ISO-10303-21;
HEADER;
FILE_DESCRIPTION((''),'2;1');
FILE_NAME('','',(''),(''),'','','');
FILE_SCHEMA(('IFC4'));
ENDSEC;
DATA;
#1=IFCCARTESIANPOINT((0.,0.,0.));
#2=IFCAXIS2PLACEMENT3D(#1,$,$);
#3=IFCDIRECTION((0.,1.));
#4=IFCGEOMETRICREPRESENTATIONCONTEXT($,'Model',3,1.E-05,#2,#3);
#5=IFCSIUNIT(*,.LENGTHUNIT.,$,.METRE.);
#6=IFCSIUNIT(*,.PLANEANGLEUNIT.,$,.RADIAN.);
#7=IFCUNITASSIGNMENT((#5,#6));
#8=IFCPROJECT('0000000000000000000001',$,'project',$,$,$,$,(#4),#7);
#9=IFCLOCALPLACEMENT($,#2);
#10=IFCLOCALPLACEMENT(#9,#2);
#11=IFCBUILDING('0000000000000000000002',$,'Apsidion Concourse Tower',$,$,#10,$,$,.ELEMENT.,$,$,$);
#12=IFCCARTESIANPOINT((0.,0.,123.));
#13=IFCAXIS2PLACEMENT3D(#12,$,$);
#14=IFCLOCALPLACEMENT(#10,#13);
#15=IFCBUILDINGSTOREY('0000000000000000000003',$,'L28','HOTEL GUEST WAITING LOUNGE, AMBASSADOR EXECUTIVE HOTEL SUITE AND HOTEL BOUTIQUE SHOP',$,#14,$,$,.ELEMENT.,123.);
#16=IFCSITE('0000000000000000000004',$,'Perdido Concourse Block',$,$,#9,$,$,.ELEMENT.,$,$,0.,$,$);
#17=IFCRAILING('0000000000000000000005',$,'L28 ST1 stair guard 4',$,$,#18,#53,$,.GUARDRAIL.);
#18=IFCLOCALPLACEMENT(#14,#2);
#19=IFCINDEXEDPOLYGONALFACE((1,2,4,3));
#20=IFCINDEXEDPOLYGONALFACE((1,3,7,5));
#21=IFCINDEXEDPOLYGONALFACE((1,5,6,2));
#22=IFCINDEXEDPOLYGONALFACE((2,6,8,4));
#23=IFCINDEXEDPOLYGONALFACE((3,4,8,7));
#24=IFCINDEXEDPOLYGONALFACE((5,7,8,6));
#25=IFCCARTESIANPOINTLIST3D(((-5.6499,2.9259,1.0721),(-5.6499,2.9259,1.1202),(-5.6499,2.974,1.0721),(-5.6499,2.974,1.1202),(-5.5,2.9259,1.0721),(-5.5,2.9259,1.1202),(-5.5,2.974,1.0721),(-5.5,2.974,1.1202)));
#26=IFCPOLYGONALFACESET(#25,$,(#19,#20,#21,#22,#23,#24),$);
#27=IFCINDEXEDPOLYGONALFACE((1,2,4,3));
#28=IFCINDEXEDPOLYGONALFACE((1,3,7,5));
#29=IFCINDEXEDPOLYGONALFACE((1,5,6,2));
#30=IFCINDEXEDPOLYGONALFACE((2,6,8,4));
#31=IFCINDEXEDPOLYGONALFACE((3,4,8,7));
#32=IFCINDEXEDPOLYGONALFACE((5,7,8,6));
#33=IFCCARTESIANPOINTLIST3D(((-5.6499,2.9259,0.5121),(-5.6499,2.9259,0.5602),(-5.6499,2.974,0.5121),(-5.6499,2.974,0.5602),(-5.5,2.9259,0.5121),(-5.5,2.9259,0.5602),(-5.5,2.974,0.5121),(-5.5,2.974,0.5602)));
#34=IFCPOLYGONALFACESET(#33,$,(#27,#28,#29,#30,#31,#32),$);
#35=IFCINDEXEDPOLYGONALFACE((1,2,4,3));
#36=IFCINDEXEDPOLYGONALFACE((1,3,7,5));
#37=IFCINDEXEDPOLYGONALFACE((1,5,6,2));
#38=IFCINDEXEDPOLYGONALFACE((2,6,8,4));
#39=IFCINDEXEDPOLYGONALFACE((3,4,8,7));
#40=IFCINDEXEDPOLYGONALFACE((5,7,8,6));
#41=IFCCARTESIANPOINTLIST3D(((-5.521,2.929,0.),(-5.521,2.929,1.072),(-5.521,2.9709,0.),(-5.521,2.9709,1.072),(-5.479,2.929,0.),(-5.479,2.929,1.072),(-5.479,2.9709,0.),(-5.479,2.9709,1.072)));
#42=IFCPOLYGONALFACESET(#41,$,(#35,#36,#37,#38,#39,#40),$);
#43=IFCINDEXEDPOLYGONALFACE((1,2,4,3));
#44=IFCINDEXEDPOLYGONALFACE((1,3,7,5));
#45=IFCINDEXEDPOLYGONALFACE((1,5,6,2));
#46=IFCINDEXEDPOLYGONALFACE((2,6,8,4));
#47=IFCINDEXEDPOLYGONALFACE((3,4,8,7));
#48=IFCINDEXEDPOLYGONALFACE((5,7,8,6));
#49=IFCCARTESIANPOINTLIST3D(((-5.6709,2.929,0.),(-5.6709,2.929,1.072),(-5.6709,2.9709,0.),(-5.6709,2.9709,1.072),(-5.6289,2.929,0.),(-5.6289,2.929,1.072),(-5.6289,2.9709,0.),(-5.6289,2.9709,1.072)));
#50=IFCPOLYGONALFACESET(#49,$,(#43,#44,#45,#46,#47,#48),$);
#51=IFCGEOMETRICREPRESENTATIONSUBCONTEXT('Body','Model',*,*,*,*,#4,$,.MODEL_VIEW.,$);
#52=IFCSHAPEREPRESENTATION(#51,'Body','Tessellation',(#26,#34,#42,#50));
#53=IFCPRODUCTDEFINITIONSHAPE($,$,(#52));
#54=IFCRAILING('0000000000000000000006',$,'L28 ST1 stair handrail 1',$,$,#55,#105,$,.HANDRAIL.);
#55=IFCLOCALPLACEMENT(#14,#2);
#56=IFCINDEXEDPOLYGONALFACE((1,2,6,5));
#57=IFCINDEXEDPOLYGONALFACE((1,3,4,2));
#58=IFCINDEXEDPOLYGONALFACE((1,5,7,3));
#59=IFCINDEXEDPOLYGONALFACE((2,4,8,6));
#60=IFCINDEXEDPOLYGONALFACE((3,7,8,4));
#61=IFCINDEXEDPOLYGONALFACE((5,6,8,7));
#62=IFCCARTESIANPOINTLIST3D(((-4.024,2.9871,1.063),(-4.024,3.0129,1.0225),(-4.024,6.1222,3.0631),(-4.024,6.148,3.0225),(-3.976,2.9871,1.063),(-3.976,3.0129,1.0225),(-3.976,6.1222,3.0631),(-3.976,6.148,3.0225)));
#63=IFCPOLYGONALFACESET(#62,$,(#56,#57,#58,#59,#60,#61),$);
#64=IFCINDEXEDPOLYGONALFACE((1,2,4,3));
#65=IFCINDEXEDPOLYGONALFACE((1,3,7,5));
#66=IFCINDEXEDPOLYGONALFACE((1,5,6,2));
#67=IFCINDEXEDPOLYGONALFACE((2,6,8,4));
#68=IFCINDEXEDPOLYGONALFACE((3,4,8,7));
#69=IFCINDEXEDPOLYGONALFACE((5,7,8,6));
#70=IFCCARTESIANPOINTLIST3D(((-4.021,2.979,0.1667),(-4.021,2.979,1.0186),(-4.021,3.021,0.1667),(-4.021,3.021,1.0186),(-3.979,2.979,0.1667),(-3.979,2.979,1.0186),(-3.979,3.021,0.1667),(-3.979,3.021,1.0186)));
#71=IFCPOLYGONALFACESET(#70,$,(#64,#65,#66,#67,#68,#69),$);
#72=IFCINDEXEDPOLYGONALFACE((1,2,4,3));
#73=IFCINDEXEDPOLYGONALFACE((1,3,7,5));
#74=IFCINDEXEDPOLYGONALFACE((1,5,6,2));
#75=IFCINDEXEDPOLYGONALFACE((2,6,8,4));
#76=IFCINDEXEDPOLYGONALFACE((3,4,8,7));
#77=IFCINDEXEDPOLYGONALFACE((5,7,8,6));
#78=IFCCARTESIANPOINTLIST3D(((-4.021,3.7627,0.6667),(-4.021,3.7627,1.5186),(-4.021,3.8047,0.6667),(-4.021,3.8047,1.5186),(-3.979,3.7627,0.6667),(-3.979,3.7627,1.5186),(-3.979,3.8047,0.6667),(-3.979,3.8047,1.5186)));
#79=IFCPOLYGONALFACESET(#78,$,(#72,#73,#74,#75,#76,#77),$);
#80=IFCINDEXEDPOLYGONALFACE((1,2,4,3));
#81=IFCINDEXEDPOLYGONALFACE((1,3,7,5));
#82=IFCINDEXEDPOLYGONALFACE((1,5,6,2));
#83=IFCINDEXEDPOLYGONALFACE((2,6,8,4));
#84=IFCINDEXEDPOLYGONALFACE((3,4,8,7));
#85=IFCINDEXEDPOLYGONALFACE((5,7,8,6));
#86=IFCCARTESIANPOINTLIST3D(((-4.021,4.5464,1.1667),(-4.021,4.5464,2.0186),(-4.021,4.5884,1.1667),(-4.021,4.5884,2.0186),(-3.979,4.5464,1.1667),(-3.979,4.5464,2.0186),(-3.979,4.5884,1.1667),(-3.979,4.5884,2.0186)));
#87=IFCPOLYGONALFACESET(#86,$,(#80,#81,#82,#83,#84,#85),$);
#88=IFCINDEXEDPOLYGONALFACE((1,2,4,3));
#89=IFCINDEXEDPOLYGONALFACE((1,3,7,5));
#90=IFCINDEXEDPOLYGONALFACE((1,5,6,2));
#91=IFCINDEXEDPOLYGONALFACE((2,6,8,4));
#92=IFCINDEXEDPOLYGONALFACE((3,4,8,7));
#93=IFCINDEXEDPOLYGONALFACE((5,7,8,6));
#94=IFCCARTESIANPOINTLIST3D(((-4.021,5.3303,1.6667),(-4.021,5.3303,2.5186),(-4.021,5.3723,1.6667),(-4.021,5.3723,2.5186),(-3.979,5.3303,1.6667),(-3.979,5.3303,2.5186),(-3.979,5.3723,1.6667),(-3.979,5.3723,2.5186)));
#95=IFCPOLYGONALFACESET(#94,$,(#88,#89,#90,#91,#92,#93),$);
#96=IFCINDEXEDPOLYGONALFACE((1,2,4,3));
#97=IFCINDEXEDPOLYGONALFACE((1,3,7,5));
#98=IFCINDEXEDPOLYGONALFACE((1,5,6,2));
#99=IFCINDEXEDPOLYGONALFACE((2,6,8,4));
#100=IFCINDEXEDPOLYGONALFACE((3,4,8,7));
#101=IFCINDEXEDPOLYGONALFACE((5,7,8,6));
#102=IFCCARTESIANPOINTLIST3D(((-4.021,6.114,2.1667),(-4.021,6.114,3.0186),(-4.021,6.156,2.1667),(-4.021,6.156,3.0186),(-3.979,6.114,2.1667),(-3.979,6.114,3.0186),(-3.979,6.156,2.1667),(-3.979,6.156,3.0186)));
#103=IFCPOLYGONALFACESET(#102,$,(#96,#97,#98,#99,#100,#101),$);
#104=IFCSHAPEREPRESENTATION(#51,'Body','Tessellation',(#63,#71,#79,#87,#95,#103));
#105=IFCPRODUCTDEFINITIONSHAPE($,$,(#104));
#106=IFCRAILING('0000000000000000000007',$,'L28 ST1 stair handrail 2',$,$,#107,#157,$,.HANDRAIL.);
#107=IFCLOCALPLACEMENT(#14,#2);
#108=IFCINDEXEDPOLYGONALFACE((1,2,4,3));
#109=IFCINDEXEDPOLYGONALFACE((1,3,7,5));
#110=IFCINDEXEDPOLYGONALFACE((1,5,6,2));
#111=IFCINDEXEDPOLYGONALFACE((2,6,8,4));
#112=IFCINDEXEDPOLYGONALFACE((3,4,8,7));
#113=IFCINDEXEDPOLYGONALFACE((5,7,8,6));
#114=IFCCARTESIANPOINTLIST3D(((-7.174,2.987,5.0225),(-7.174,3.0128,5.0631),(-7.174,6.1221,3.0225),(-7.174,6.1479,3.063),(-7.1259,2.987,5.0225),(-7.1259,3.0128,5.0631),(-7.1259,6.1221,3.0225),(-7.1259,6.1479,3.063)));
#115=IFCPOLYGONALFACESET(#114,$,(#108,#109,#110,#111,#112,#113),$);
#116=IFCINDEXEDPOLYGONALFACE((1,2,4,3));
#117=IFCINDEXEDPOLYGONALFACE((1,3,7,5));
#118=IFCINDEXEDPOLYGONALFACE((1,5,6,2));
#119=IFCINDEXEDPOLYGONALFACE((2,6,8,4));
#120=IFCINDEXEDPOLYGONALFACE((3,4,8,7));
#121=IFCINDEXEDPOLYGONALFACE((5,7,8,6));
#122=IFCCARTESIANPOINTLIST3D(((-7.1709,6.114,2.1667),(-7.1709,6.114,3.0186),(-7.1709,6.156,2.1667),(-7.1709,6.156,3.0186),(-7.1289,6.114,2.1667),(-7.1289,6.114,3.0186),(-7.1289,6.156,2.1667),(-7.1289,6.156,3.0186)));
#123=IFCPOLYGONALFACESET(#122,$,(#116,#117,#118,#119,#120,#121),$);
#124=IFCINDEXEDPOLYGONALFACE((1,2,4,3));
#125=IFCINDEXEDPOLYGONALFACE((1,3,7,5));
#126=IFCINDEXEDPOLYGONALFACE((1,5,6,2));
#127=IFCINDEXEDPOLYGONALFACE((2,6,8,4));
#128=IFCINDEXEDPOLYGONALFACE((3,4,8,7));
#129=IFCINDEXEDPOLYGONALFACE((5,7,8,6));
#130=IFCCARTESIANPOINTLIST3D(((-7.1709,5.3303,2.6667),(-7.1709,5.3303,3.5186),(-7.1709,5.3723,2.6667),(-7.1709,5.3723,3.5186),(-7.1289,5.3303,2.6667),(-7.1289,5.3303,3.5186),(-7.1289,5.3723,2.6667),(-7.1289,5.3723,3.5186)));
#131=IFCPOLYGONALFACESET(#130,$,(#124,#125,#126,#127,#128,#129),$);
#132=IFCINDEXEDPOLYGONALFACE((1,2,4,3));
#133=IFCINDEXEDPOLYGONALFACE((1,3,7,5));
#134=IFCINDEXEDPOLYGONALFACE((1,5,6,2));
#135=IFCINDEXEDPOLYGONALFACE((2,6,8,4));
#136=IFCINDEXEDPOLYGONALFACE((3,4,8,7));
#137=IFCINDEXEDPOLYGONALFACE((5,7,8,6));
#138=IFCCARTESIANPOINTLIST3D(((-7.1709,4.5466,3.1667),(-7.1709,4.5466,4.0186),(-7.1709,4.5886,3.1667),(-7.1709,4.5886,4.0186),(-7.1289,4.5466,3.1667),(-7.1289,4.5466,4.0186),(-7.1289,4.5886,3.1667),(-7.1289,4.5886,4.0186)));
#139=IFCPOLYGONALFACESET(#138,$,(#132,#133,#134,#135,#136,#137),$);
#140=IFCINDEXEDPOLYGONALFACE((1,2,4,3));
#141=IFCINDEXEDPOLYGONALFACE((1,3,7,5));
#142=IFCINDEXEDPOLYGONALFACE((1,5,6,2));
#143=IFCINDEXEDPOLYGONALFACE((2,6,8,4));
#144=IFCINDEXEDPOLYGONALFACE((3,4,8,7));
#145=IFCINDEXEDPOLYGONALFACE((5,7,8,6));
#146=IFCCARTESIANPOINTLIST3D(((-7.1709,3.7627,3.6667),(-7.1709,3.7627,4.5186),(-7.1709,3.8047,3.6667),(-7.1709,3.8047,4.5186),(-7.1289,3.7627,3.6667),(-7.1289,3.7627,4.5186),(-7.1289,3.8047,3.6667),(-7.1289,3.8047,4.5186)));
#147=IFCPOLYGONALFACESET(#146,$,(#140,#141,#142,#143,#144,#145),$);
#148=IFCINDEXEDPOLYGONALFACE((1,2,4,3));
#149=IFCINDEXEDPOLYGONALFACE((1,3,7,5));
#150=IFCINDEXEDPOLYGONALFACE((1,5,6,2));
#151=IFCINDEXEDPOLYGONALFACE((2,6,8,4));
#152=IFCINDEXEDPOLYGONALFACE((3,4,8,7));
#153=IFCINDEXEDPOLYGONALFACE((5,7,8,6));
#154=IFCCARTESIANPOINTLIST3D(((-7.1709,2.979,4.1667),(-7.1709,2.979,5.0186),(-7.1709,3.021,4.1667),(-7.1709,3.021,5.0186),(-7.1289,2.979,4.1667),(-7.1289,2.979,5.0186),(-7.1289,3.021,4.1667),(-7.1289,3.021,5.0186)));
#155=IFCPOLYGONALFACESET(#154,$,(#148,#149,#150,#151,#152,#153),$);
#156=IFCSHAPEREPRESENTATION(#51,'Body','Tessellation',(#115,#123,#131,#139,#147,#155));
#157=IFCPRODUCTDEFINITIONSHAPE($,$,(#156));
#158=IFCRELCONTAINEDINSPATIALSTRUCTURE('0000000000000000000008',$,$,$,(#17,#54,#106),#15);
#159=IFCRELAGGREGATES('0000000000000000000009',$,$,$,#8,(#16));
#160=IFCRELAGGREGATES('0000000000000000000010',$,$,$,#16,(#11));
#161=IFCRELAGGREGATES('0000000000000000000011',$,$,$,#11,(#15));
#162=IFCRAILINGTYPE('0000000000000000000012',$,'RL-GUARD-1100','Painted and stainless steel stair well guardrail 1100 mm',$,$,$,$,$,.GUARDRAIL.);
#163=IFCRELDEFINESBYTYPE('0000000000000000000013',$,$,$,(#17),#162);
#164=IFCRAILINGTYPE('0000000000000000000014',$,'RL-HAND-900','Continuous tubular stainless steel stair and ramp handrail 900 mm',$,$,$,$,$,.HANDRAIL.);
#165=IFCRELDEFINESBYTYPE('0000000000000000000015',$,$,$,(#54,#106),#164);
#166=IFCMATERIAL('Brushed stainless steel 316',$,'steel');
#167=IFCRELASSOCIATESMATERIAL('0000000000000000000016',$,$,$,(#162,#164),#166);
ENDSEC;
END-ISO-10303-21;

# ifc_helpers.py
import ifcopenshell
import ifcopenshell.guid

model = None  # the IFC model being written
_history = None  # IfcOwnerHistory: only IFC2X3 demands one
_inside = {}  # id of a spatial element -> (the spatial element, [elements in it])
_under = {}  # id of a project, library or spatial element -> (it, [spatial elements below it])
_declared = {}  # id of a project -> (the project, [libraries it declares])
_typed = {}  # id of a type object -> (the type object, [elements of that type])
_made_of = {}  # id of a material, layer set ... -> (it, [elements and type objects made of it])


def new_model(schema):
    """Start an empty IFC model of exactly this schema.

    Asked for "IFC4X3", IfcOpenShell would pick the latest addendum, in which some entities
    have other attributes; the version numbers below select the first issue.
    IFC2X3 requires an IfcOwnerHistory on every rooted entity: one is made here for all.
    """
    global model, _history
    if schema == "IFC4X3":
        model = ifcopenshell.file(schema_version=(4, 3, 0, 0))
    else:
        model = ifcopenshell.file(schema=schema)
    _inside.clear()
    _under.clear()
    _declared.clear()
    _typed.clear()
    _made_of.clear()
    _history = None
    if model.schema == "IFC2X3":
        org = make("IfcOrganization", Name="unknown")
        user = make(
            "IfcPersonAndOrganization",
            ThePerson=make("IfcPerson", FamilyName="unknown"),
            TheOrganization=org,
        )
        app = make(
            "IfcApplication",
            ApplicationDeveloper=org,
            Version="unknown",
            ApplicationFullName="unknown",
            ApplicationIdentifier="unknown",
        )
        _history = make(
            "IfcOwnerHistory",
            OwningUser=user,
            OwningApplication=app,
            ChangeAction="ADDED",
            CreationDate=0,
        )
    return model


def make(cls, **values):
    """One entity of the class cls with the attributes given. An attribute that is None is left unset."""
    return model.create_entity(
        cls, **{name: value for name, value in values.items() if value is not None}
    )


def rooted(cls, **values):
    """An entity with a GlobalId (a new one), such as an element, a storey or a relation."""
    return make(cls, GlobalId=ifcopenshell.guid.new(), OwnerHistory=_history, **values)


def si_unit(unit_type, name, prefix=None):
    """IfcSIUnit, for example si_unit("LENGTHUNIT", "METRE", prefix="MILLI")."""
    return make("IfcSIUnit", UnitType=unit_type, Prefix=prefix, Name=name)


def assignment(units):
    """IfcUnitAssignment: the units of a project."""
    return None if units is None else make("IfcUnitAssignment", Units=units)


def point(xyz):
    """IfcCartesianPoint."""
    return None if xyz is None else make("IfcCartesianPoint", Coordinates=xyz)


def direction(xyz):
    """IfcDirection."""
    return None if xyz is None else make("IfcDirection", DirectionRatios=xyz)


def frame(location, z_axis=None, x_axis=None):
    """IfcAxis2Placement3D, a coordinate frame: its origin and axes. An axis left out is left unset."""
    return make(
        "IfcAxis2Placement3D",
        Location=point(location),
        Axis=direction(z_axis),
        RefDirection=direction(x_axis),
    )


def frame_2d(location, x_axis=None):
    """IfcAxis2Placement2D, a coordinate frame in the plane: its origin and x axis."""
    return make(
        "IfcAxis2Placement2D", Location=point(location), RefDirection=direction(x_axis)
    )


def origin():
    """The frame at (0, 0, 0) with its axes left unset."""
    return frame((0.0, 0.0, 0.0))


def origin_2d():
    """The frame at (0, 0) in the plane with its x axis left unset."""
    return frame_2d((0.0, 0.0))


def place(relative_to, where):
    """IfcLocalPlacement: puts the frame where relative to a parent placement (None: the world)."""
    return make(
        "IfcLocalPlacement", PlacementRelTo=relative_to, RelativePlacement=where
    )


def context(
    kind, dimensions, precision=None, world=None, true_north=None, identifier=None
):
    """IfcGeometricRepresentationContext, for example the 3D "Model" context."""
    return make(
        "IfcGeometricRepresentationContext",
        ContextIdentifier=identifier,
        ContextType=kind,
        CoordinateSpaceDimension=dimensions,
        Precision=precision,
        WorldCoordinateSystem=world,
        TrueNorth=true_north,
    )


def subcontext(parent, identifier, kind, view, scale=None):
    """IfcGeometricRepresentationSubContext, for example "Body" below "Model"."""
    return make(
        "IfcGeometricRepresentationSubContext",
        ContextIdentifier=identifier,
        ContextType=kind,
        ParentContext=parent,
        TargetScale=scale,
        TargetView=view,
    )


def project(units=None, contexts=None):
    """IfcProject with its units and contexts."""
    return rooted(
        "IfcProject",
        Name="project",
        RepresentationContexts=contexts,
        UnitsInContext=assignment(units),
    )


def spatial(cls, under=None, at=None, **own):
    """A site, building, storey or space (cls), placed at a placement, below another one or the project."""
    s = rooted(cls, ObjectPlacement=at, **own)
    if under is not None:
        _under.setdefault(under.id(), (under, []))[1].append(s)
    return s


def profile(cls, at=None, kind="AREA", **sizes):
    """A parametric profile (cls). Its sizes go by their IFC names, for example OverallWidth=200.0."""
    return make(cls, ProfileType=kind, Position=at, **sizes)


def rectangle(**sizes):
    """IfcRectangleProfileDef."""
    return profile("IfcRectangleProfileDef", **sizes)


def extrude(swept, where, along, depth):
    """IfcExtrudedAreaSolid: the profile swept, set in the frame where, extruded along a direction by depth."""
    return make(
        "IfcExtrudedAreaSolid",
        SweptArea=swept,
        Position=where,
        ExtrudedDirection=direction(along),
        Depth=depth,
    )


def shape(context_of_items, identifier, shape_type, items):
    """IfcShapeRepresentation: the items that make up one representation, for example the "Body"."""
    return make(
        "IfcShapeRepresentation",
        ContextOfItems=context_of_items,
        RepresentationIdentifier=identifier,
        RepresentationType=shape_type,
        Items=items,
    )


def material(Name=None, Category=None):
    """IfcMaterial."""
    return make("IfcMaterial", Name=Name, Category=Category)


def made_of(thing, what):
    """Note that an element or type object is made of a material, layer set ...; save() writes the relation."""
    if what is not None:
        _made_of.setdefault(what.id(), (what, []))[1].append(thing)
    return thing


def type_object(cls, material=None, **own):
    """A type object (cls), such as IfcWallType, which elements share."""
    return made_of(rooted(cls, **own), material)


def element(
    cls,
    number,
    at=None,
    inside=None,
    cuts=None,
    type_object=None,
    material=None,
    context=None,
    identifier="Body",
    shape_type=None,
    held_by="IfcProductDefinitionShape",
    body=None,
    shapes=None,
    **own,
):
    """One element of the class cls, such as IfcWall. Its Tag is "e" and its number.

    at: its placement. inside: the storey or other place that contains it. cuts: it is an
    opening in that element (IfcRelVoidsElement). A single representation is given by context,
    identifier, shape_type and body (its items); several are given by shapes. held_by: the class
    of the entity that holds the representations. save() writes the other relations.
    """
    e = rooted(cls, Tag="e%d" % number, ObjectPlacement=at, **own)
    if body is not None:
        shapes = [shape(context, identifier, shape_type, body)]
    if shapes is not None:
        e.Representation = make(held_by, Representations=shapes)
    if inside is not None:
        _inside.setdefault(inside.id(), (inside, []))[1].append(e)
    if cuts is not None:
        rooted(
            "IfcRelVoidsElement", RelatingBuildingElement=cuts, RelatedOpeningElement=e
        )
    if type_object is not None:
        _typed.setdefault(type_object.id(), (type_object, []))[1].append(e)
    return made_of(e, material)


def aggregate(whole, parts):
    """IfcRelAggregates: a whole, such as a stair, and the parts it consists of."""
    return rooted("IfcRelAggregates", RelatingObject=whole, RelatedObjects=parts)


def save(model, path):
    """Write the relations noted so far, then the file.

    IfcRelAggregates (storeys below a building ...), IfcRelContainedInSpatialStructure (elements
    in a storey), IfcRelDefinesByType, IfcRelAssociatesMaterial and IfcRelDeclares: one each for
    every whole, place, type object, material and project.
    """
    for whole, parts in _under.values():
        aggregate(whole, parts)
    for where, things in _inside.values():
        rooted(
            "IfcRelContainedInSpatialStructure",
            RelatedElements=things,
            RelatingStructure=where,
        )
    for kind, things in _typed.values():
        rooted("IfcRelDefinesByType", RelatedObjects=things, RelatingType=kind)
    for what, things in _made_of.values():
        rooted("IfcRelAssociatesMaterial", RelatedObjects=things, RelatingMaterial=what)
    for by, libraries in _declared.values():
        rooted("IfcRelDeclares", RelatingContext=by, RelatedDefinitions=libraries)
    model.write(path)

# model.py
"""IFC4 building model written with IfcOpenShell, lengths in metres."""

from ifc_helpers import new_model, si_unit, direction, frame, origin, origin_2d, place, context, subcontext, project, spatial, rectangle, extrude, material, type_object, element, save


model = new_model("IFC4")

# Units and contexts
model_context = context("Model", 3, precision=1e-05, world=origin(), true_north=direction((0.0, 1.0)))
body_context = subcontext(model_context, "Body", "Model", "MODEL_VIEW")
ifc_project = project(units=[si_unit("LENGTHUNIT", "METRE"), si_unit("PLANEANGLEUNIT", "RADIAN")], contexts=[model_context])

# Site, building, storey
site_placement = place(None, origin())
site = spatial("IfcSite", under=ifc_project, at=site_placement, Name="Perdido Concourse Block", CompositionType="ELEMENT", RefElevation=0.0)
building_placement = place(site_placement, origin())
building = spatial("IfcBuilding", under=site, at=building_placement, Name="Apsidion Concourse Tower", CompositionType="ELEMENT")
storey_placement = place(building_placement, frame((0.0, 0.0, 123.0)))
storey = spatial("IfcBuildingStorey", under=building, at=storey_placement, Name="L28", Description="HOTEL GUEST WAITING LOUNGE, AMBASSADOR EXECUTIVE HOTEL SUITE AND HOTEL BOUTIQUE SHOP", CompositionType="ELEMENT", Elevation=123.0)

# Shared definitions
ifc_material_1 = material(Name="Brushed stainless steel 316", Category="steel")

# Railings
railing_type_1 = type_object("IfcRailingType", Name="RL-GUARD-1100", Description="Painted and stainless steel stair well guardrail 1100 mm", PredefinedType="GUARDRAIL", material=ifc_material_1)
railing_1_placement = place(storey_placement, frame((-5.5, 2.95, 0.0)))
element("IfcRailing", 1, at=railing_1_placement, inside=storey, type_object=railing_type_1, Name="L28 ST1 stair guard 4", PredefinedType="GUARDRAIL", context=body_context, shape_type="SweptSolid", body=[
    extrude(rectangle(XDim=0.0481, YDim=0.0481, at=origin_2d()), frame((0.0, 0.0, 1.0962), z_axis=(-1.0, 0.0, 0.0), x_axis=(0.0, -1.0, 0.0)), (0.0, 0.0, 1.0), 0.1499),
    extrude(rectangle(XDim=0.0481, YDim=0.0481, at=origin_2d()), frame((0.0, 0.0, 0.5361), z_axis=(-1.0, 0.0, 0.0), x_axis=(0.0, -1.0, 0.0)), (0.0, 0.0, 1.0), 0.1499),
    extrude(rectangle(XDim=0.042, YDim=0.042, at=origin_2d()), origin(), (0.0, 0.0, 1.0), 1.072),
    extrude(rectangle(XDim=0.042, YDim=0.042, at=origin_2d()), frame((-0.1499, 0.0, 0.0)), (0.0, 0.0, 1.0), 1.072),
])
railing_type_2 = type_object("IfcRailingType", Name="RL-HAND-900", Description="Continuous tubular stainless steel stair and ramp handrail 900 mm", PredefinedType="HANDRAIL", material=ifc_material_1)
railing_2_placement = place(storey_placement, frame((-4.0, 3.0, 0.1667)))
element("IfcRailing", 2, at=railing_2_placement, inside=storey, type_object=railing_type_2, Name="L28 ST1 stair handrail 1", PredefinedType="HANDRAIL", context=body_context, shape_type="SweptSolid", body=[
    extrude(rectangle(XDim=0.0481, YDim=0.0481, at=origin_2d()), frame((0.0, 0.0, 0.876), z_axis=(0.0, 0.843053, 0.537831), x_axis=(-1.0, 0.0, 0.0)), (0.0, 0.0, 1.0), 3.7188),
    extrude(rectangle(XDim=0.042, YDim=0.042, at=origin_2d()), origin(), (0.0, 0.0, 1.0), 0.8518),
    extrude(rectangle(XDim=0.042, YDim=0.042, at=origin_2d()), frame((0.0, 0.7837, 0.5)), (0.0, 0.0, 1.0), 0.8518),
    extrude(rectangle(XDim=0.042, YDim=0.042, at=origin_2d()), frame((0.0, 1.5674, 1.0)), (0.0, 0.0, 1.0), 0.8518),
    extrude(rectangle(XDim=0.042, YDim=0.042, at=origin_2d()), frame((0.0, 2.3513, 1.5)), (0.0, 0.0, 1.0), 0.8518),
    extrude(rectangle(XDim=0.042, YDim=0.042, at=origin_2d()), frame((0.0, 3.135, 2.0)), (0.0, 0.0, 1.0), 0.8518),
])
railing_3_placement = place(storey_placement, frame((-7.1499, 6.135, 2.1667)))
element("IfcRailing", 3, at=railing_3_placement, inside=storey, type_object=railing_type_2, Name="L28 ST1 stair handrail 2", PredefinedType="HANDRAIL", context=body_context, shape_type="SweptSolid", body=[
    extrude(rectangle(XDim=0.0481, YDim=0.0481, at=origin_2d()), frame((0.0, 0.0, 0.876), z_axis=(0.0, -0.843053, 0.537831), x_axis=(1.0, 0.0, 0.0)), (0.0, 0.0, 1.0), 3.7188),
    extrude(rectangle(XDim=0.042, YDim=0.042, at=origin_2d()), origin(), (0.0, 0.0, 1.0), 0.8518),
    extrude(rectangle(XDim=0.042, YDim=0.042, at=origin_2d()), frame((0.0, -0.7837, 0.5)), (0.0, 0.0, 1.0), 0.8518),
    extrude(rectangle(XDim=0.042, YDim=0.042, at=origin_2d()), frame((0.0, -1.5674, 1.0)), (0.0, 0.0, 1.0), 0.8518),
    extrude(rectangle(XDim=0.042, YDim=0.042, at=origin_2d()), frame((0.0, -2.3513, 1.5)), (0.0, 0.0, 1.0), 0.8518),
    extrude(rectangle(XDim=0.042, YDim=0.042, at=origin_2d()), frame((0.0, -3.135, 2.0)), (0.0, 0.0, 1.0), 0.8518),
])

save(model, "model.ifc")
